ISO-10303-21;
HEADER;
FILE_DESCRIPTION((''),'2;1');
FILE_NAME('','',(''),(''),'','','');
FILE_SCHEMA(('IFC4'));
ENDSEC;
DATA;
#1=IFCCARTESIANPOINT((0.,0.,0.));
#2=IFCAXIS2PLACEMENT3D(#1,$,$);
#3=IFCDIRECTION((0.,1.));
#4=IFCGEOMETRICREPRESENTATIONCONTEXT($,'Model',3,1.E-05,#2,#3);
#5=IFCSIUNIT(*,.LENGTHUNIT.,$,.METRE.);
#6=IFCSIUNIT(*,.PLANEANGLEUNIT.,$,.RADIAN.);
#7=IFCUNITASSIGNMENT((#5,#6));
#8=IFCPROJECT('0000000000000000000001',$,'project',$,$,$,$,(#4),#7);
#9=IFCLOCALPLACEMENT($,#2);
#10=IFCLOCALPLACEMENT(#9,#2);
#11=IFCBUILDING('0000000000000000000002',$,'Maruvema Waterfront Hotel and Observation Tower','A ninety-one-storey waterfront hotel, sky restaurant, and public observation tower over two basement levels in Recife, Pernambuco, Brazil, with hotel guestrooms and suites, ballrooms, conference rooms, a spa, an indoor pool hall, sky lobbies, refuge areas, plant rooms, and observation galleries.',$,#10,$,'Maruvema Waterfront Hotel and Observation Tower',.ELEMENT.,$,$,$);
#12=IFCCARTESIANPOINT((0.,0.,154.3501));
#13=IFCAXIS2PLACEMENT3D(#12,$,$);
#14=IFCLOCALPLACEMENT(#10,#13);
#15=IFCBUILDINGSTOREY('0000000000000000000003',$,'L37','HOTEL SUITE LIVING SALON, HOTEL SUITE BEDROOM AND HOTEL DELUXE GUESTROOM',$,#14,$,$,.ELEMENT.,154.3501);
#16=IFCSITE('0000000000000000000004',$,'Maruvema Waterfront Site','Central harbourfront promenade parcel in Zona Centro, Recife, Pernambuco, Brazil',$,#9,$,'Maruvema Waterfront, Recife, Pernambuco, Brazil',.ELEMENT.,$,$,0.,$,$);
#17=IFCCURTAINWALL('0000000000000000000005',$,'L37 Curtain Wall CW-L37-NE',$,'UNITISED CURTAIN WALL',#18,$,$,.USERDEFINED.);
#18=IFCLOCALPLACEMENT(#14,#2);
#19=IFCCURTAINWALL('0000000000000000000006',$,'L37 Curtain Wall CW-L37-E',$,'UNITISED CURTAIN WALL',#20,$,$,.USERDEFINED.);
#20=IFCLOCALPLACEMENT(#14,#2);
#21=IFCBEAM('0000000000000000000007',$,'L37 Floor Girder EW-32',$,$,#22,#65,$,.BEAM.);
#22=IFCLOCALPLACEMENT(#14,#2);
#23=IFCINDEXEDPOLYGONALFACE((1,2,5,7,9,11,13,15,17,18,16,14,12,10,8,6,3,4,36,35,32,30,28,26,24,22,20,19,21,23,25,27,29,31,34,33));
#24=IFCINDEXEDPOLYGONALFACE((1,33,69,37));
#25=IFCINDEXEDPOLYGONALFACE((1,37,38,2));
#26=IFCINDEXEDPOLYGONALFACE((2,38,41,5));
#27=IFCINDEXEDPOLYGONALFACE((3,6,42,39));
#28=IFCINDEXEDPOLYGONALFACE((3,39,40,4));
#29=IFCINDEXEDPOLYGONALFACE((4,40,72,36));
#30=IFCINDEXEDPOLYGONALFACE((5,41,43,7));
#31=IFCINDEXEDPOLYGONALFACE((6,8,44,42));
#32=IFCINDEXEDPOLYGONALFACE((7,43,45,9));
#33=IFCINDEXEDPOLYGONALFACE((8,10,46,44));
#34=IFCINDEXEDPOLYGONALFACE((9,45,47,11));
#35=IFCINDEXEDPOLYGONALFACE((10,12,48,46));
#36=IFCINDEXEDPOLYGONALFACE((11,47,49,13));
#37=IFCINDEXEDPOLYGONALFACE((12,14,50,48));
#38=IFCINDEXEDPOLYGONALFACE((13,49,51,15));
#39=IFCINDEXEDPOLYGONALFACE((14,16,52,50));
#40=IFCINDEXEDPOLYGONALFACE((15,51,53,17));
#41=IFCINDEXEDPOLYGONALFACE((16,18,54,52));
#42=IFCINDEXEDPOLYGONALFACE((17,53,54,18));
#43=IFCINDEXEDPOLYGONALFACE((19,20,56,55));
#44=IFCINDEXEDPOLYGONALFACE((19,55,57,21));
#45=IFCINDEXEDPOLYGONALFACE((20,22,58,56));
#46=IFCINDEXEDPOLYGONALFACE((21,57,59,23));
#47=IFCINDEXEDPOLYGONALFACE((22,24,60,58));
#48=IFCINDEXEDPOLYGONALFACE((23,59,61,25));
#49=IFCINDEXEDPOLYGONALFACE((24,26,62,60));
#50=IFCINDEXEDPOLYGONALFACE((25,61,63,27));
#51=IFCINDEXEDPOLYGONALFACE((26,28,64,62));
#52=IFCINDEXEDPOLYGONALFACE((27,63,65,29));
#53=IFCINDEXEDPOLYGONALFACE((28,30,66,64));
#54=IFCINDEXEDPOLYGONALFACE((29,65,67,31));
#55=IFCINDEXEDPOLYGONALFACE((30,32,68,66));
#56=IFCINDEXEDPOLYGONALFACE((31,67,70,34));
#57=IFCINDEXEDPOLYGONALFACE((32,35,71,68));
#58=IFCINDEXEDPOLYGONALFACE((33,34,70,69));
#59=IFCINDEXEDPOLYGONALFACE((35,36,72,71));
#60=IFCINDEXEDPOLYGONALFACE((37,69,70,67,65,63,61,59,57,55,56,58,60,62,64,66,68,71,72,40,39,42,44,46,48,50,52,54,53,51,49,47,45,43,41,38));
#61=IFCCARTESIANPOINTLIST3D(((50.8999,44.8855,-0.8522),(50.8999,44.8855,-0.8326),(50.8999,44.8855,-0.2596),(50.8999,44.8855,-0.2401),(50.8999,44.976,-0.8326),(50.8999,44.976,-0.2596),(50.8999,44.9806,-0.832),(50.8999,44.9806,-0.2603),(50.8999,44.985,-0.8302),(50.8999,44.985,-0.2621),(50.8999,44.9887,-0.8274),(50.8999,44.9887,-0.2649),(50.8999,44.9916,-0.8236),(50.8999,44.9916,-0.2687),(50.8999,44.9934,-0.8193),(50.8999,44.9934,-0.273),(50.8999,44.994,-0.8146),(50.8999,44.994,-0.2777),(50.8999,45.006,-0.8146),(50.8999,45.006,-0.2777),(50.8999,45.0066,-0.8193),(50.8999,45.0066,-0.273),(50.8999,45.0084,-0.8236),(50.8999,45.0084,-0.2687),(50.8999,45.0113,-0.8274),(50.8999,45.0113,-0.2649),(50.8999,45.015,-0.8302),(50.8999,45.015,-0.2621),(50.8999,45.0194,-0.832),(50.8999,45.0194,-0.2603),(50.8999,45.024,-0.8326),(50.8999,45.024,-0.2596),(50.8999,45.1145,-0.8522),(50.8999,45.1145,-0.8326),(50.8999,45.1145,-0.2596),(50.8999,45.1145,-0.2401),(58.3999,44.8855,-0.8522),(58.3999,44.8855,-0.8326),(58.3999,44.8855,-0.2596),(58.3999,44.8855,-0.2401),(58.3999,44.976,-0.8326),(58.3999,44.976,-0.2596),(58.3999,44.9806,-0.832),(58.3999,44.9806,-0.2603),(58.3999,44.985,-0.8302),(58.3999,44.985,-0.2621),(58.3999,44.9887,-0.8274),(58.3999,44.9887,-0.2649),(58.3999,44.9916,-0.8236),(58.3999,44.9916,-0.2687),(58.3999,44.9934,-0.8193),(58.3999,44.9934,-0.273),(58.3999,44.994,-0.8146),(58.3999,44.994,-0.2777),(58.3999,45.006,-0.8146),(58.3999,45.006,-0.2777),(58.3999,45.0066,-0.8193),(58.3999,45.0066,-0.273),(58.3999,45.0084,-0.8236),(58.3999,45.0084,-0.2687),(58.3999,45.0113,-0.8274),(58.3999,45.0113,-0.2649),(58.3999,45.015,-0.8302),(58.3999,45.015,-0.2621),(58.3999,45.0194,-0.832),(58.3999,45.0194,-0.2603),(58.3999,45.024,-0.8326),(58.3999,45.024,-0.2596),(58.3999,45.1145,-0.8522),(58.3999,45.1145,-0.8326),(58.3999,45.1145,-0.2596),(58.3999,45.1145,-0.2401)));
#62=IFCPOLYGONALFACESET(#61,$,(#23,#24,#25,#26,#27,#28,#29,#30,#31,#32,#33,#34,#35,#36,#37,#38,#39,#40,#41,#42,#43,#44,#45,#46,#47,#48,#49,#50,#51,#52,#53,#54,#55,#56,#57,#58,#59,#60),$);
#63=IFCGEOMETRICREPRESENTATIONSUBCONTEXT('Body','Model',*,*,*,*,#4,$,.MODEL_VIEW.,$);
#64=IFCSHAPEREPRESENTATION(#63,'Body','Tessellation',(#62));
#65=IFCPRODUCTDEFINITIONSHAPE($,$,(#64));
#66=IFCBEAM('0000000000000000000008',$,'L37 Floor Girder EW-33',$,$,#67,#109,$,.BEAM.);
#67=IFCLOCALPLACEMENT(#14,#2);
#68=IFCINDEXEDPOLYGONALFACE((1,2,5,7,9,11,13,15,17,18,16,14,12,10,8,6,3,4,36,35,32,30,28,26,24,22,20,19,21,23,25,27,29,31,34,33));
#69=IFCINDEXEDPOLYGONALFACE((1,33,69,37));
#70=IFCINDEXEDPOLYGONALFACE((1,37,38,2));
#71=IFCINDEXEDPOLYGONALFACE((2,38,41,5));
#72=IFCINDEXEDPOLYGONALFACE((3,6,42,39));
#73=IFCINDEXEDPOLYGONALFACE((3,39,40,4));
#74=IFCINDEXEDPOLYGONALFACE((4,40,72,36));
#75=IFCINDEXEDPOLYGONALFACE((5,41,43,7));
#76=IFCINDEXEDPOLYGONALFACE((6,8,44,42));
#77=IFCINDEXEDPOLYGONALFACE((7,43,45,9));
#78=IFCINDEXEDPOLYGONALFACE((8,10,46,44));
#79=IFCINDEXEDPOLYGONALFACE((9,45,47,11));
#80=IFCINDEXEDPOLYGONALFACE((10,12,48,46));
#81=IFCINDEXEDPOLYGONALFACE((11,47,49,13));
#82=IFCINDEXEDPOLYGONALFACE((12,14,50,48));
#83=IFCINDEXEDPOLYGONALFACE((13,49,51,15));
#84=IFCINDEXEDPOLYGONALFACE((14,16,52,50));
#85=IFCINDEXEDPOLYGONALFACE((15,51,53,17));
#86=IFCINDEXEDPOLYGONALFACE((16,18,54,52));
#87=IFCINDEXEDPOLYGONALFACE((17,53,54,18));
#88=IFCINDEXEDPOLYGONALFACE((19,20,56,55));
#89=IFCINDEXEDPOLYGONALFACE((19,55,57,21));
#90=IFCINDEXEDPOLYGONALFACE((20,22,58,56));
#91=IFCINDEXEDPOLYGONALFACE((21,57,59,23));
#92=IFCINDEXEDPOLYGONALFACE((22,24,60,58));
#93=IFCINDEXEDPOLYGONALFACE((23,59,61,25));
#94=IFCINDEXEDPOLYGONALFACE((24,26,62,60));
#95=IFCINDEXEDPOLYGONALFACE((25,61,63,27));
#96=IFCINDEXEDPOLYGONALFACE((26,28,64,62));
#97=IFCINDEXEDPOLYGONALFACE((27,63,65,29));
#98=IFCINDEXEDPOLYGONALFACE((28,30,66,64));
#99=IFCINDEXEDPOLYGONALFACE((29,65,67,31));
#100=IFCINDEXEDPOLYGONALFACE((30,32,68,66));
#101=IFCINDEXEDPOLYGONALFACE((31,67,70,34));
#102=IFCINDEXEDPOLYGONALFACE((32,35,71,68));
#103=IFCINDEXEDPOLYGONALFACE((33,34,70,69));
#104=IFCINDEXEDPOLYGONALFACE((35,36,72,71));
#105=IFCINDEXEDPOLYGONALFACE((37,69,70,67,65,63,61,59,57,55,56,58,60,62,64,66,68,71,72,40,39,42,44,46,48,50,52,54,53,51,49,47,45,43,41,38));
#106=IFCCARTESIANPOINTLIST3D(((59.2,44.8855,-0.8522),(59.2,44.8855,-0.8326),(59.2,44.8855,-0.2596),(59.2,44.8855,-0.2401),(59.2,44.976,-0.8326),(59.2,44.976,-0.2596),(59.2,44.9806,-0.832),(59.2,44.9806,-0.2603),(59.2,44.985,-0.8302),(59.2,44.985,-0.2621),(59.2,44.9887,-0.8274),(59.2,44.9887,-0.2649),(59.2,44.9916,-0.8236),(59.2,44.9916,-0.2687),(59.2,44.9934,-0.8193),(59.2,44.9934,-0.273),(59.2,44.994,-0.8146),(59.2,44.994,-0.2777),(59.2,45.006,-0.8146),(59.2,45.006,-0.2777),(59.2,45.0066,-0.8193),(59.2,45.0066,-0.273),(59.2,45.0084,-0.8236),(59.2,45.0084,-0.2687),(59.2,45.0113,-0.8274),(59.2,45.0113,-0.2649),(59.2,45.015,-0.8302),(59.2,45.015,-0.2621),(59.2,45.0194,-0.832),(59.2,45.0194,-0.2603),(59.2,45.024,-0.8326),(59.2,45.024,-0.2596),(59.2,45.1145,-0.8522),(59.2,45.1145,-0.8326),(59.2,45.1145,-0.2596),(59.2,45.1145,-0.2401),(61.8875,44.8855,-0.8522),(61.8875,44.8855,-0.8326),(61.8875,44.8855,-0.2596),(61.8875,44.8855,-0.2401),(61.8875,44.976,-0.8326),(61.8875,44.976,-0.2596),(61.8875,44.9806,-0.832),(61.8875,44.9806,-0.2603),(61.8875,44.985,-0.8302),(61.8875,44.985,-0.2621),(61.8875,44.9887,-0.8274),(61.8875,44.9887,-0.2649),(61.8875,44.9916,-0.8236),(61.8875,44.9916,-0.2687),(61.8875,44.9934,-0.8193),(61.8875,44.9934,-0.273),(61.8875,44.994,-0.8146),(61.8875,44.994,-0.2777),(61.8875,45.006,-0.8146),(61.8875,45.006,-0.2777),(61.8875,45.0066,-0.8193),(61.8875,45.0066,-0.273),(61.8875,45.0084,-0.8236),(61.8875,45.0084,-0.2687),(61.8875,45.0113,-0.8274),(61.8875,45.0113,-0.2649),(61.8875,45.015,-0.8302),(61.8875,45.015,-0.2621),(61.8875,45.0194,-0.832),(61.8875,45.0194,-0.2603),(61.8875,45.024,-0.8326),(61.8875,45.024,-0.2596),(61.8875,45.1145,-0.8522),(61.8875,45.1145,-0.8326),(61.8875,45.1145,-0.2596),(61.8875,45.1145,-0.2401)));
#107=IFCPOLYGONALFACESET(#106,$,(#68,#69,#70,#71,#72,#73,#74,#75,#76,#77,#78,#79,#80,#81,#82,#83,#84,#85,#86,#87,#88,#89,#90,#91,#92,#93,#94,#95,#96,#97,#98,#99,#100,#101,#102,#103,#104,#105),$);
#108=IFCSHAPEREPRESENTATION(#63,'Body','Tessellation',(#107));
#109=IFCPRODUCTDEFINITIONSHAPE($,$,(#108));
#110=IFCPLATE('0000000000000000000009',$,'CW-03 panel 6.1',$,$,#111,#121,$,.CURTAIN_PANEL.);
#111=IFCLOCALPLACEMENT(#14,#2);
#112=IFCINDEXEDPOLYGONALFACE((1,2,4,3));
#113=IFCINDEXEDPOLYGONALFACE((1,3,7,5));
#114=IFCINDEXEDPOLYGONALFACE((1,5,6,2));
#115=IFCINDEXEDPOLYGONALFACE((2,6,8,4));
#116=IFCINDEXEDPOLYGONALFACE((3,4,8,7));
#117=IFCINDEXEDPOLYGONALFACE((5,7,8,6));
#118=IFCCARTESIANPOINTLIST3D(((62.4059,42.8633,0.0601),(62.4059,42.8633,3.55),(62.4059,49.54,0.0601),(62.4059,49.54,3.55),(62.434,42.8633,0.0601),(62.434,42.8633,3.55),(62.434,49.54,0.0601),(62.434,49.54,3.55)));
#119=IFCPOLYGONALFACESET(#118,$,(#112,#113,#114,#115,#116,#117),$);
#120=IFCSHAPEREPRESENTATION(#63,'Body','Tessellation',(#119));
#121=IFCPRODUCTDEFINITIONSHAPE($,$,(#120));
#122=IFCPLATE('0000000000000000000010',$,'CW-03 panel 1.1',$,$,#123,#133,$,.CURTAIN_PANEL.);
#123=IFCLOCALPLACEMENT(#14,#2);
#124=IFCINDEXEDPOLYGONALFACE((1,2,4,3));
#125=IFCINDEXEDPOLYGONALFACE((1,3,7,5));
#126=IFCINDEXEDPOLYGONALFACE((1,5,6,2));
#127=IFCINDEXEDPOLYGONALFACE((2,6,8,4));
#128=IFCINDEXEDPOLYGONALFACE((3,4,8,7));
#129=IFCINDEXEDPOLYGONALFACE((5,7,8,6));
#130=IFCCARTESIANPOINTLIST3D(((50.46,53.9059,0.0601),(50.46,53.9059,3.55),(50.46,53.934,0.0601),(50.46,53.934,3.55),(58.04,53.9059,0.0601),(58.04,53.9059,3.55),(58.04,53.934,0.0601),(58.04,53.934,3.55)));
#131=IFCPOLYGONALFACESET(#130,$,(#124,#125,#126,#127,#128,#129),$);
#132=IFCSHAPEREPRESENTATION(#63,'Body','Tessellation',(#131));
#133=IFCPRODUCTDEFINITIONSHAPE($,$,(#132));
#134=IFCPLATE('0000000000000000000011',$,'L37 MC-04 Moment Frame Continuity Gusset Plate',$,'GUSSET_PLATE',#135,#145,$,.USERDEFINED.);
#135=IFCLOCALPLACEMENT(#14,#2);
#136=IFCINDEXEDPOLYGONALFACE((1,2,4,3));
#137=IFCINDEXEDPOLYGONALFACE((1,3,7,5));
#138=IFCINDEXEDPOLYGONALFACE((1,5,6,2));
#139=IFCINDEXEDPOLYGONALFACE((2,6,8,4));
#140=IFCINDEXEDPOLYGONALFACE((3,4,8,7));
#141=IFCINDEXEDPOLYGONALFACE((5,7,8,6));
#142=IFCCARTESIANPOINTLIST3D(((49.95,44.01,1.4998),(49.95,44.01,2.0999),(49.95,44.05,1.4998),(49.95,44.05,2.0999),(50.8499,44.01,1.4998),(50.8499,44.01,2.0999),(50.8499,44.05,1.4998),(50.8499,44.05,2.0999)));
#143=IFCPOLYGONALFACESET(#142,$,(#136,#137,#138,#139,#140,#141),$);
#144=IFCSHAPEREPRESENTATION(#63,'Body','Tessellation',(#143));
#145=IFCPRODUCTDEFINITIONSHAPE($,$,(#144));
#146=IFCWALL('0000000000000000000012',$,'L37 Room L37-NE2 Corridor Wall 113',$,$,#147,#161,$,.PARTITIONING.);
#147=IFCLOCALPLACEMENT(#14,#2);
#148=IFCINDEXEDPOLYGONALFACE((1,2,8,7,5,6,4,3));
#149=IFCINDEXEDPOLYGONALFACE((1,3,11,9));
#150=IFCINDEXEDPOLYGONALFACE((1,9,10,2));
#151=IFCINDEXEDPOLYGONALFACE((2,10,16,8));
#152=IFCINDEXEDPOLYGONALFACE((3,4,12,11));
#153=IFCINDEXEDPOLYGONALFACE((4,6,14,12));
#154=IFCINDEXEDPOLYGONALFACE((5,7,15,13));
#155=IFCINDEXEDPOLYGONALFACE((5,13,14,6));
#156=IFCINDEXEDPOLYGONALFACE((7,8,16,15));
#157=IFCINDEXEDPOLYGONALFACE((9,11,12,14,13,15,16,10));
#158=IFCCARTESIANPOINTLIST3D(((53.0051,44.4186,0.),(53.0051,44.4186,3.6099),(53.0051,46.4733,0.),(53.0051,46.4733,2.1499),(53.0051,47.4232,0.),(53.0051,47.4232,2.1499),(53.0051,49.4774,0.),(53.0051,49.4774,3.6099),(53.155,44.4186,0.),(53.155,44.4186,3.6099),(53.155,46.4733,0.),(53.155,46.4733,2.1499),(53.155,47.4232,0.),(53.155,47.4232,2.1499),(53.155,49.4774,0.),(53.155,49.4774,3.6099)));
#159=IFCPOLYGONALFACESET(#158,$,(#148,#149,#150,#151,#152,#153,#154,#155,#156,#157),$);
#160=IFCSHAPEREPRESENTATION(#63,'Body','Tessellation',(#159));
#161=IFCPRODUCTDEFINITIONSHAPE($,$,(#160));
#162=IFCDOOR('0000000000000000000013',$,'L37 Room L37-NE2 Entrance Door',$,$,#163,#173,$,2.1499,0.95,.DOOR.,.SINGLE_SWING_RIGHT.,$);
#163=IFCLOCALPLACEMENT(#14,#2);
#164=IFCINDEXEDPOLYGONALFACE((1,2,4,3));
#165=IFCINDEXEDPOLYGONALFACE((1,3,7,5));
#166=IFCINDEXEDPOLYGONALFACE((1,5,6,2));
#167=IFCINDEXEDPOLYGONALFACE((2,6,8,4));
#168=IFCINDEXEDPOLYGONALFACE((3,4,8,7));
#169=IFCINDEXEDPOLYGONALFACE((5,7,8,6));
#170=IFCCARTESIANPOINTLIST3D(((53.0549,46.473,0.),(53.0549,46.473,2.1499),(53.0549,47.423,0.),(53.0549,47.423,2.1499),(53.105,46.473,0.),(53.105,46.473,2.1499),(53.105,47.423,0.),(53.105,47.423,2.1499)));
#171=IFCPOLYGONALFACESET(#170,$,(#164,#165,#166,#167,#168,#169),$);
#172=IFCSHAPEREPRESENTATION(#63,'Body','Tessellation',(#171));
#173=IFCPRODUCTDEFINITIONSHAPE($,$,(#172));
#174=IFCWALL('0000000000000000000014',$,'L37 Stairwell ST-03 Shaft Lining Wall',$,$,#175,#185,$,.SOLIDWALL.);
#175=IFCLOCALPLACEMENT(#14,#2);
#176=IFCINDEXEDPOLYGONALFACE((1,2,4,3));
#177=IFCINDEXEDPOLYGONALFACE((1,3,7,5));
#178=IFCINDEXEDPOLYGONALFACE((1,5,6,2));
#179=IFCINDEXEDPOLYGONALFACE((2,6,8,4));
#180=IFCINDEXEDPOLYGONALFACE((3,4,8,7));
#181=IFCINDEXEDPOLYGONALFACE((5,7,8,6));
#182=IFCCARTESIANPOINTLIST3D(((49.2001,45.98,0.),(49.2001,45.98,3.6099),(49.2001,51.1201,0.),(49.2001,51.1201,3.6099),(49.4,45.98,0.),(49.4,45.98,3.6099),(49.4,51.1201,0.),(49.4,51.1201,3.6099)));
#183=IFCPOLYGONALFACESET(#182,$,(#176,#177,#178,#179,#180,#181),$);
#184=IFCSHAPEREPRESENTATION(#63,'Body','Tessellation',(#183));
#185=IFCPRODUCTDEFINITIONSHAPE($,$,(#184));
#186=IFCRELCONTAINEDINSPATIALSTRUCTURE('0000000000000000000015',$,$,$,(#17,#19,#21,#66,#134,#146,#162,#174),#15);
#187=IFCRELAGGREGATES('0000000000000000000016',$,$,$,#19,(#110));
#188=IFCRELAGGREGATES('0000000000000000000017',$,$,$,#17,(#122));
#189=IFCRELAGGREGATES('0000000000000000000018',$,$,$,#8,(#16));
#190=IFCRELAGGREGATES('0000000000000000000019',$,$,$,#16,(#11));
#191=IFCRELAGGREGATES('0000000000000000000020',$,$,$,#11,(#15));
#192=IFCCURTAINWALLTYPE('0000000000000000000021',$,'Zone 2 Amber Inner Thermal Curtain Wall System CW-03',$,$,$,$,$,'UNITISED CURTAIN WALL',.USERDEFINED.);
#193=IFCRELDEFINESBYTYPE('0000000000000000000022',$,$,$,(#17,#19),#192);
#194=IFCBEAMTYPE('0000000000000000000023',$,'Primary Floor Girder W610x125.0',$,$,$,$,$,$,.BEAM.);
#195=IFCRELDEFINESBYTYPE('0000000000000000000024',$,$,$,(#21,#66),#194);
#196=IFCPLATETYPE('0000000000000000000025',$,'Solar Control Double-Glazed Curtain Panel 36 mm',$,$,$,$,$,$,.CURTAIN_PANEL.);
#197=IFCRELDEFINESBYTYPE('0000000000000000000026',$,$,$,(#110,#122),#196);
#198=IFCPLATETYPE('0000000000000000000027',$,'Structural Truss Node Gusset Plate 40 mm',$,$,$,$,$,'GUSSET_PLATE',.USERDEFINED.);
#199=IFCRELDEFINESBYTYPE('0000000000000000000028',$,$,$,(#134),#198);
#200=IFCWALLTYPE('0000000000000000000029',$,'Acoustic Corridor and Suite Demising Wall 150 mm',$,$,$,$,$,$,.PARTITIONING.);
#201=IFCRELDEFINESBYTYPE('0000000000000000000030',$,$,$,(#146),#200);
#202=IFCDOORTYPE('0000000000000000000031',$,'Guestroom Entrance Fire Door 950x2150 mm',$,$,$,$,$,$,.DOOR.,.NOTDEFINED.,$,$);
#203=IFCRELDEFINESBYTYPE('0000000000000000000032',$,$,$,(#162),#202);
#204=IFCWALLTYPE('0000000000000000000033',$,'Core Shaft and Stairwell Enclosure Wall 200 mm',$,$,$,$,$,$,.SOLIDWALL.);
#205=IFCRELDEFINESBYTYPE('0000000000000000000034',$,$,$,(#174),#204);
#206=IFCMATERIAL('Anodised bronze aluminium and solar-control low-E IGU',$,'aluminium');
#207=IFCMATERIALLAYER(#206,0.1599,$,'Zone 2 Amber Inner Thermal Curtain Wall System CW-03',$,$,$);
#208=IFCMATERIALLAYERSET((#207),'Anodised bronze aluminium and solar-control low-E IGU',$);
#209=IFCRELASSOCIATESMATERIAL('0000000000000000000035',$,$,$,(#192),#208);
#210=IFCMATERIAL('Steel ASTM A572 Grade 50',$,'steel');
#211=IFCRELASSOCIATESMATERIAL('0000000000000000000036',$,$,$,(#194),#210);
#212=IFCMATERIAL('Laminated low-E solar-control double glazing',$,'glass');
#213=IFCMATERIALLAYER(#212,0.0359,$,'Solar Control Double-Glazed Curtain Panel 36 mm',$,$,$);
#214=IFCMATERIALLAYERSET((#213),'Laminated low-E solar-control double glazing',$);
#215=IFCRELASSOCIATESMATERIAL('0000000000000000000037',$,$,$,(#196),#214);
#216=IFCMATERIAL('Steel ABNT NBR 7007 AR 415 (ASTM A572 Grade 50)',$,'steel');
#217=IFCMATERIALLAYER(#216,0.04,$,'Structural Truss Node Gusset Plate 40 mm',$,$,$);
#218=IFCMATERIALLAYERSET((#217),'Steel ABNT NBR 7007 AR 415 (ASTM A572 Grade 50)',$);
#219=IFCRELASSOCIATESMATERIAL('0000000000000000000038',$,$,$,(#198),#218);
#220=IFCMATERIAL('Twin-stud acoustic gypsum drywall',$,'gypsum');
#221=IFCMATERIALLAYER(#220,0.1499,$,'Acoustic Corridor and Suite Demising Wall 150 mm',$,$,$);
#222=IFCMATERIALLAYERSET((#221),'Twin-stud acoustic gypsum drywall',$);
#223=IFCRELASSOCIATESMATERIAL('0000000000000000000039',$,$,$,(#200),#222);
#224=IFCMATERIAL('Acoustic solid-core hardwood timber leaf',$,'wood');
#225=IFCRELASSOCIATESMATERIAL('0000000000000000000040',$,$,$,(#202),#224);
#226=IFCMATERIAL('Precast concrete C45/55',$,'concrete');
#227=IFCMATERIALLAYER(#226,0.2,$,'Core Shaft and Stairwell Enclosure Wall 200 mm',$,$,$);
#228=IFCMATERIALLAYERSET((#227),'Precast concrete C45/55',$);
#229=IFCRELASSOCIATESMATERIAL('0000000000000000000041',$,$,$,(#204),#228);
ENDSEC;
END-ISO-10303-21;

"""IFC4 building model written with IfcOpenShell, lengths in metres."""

from ifc_helpers import new_model, si_unit, direction, frame, frame_2d, origin, origin_2d, place, context, subcontext, project, spatial, rectangle, i_section, extrude, material, layer, layer_set, material_profile, profile_set, type_object, element, fill, aggregate, save


model = new_model("IFC4")

# Units and contexts
model_context = context("Model", 3, precision=1e-05, world=origin(), true_north=direction((0.0, 1.0)))
body_context = subcontext(model_context, "Body", "Model", "MODEL_VIEW")
ifc_project = project(units=[si_unit("LENGTHUNIT", "METRE"), si_unit("PLANEANGLEUNIT", "RADIAN")], contexts=[model_context])

# Site, building, storey
site_placement = place(None, origin())
site = spatial("IfcSite", under=ifc_project, at=site_placement, Name="Maruvema Waterfront Site", Description="Central harbourfront promenade parcel in Zona Centro, Recife, Pernambuco, Brazil", LongName="Maruvema Waterfront, Recife, Pernambuco, Brazil", CompositionType="ELEMENT", RefElevation=0.0)
building_placement = place(site_placement, origin())
building = spatial("IfcBuilding", under=site, at=building_placement, Name="Maruvema Waterfront Hotel and Observation Tower", Description="A ninety-one-storey waterfront hotel, sky restaurant, and public observation tower over two basement levels in Recife, Pernambuco, Brazil, with hotel guestrooms and suites, ballrooms, conference rooms, a spa, an indoor pool hall, sky lobbies, refuge areas, plant rooms, and observation galleries.", LongName="Maruvema Waterfront Hotel and Observation Tower", CompositionType="ELEMENT")
storey_placement = place(building_placement, frame((0.0, 0.0, 154.3501)))
storey = spatial("IfcBuildingStorey", under=building, at=storey_placement, Name="L37", Description="HOTEL SUITE LIVING SALON, HOTEL SUITE BEDROOM AND HOTEL DELUXE GUESTROOM", CompositionType="ELEMENT", Elevation=154.3501)

# Curtain wall
ifc_material_1 = material(Name="Anodised bronze aluminium and solar-control low-E IGU", Category="aluminium")
ifc_layer_1 = layer(ifc_material_1, 0.1599, Name="Zone 2 Amber Inner Thermal Curtain Wall System CW-03")
ifc_layer_set_1 = layer_set([ifc_layer_1], Name="Anodised bronze aluminium and solar-control low-E IGU")
curtain_wall_type = type_object("IfcCurtainWallType", Name="Zone 2 Amber Inner Thermal Curtain Wall System CW-03", ElementType="UNITISED CURTAIN WALL", PredefinedType="USERDEFINED", material=ifc_layer_set_1)
curtain_wall_1_placement = place(storey_placement, origin())
curtain_wall_1 = element("IfcCurtainWall", 1, at=curtain_wall_1_placement, inside=storey, type_object=curtain_wall_type, Name="L37 Curtain Wall CW-L37-NE", ObjectType="UNITISED CURTAIN WALL", PredefinedType="USERDEFINED")

# Curtain wall
curtain_wall_2_placement = place(storey_placement, origin())
curtain_wall_2 = element("IfcCurtainWall", 2, at=curtain_wall_2_placement, inside=storey, type_object=curtain_wall_type, Name="L37 Curtain Wall CW-L37-E", ObjectType="UNITISED CURTAIN WALL", PredefinedType="USERDEFINED")

# Beams
ifc_material_2 = material(Name="Steel ASTM A572 Grade 50", Category="steel")
ifc_material_profile_1 = material_profile(ifc_material_2, i_section(OverallWidth=0.229, OverallDepth=0.6121, WebThickness=0.012, FlangeThickness=0.0195, FilletRadius=0.0181, at=origin_2d()), Name="W610x125.0")
ifc_profile_set_1 = profile_set([ifc_material_profile_1], Name="Steel ASTM A572 Grade 50")
beam_type = type_object("IfcBeamType", Name="Primary Floor Girder W610x125.0", PredefinedType="BEAM", material=ifc_profile_set_1)
beam_1_placement = place(storey_placement, frame((50.8999, 45.0, -0.5461), z_axis=(1.0, 0.0, 0.0), x_axis=(0.0, 1.0, 0.0)))
element("IfcBeam", 3, at=beam_1_placement, inside=storey, type_object=beam_type, Name="L37 Floor Girder EW-32", PredefinedType="BEAM", context=body_context, shape_type="SweptSolid", body=[
    extrude(i_section(OverallWidth=0.229, OverallDepth=0.6121, WebThickness=0.012, FlangeThickness=0.0195, FilletRadius=0.0181, at=origin_2d()), origin(), (0.0, 0.0, 1.0), 7.5),
])
beam_2_placement = place(storey_placement, frame((59.2, 45.0, -0.5461), z_axis=(1.0, 0.0, 0.0), x_axis=(0.0, 1.0, 0.0)))
element("IfcBeam", 4, at=beam_2_placement, inside=storey, type_object=beam_type, Name="L37 Floor Girder EW-33", PredefinedType="BEAM", context=body_context, shape_type="SweptSolid", body=[
    extrude(i_section(OverallWidth=0.229, OverallDepth=0.6121, WebThickness=0.012, FlangeThickness=0.0195, FilletRadius=0.0181, at=origin_2d()), origin(), (0.0, 0.0, 1.0), 2.6875),
])

# Plates
ifc_material_3 = material(Name="Laminated low-E solar-control double glazing", Category="glass")
ifc_layer_2 = layer(ifc_material_3, 0.0359, Name="Solar Control Double-Glazed Curtain Panel 36 mm")
ifc_layer_set_2 = layer_set([ifc_layer_2], Name="Laminated low-E solar-control double glazing")
plate_type_1 = type_object("IfcPlateType", Name="Solar Control Double-Glazed Curtain Panel 36 mm", PredefinedType="CURTAIN_PANEL", material=ifc_layer_set_2)
plate_1_placement = place(storey_placement, frame((62.4199, 46.2017, 0.0601), z_axis=(0.0, 0.0, 1.0), x_axis=(0.0, 1.0, 0.0)))
plate_1 = element("IfcPlate", 5, at=plate_1_placement, type_object=plate_type_1, Name="CW-03 panel 6.1", PredefinedType="CURTAIN_PANEL", context=body_context, shape_type="SweptSolid", body=[
    extrude(rectangle(XDim=6.6768, YDim=0.0281, at=origin_2d()), origin(), (0.0, 0.0, 1.0), 3.49),
])
aggregate(curtain_wall_2, [plate_1])
plate_2_placement = place(storey_placement, frame((54.25, 53.9199, 0.0601), z_axis=(0.0, 0.0, 1.0), x_axis=(-1.0, 0.0, 0.0)))
plate_2 = element("IfcPlate", 6, at=plate_2_placement, type_object=plate_type_1, Name="CW-03 panel 1.1", PredefinedType="CURTAIN_PANEL", context=body_context, shape_type="SweptSolid", body=[
    extrude(rectangle(XDim=7.5801, YDim=0.0281, at=origin_2d()), origin(), (0.0, 0.0, 1.0), 3.49),
])
aggregate(curtain_wall_1, [plate_2])
ifc_material_4 = material(Name="Steel ABNT NBR 7007 AR 415 (ASTM A572 Grade 50)", Category="steel")
ifc_layer_3 = layer(ifc_material_4, 0.04, Name="Structural Truss Node Gusset Plate 40 mm")
ifc_layer_set_3 = layer_set([ifc_layer_3], Name="Steel ABNT NBR 7007 AR 415 (ASTM A572 Grade 50)")
plate_type_2 = type_object("IfcPlateType", Name="Structural Truss Node Gusset Plate 40 mm", ElementType="GUSSET_PLATE", PredefinedType="USERDEFINED", material=ifc_layer_set_3)
plate_3_placement = place(storey_placement, frame((50.3999, 44.03, 1.4998), z_axis=(0.0, 0.0, 1.0), x_axis=(1.0, 0.0, 0.0)))
element("IfcPlate", 7, at=plate_3_placement, inside=storey, type_object=plate_type_2, Name="L37 MC-04 Moment Frame Continuity Gusset Plate", ObjectType="GUSSET_PLATE", PredefinedType="USERDEFINED", context=body_context, shape_type="SweptSolid", body=[
    extrude(rectangle(XDim=0.8999, YDim=0.04, at=origin_2d()), origin(), (0.0, 0.0, 1.0), 0.6001),
])

# Wall, opening, door
ifc_material_5 = material(Name="Twin-stud acoustic gypsum drywall", Category="gypsum")
ifc_layer_4 = layer(ifc_material_5, 0.1499, Name="Acoustic Corridor and Suite Demising Wall 150 mm")
ifc_layer_set_4 = layer_set([ifc_layer_4], Name="Twin-stud acoustic gypsum drywall")
wall_type_1 = type_object("IfcWallType", Name="Acoustic Corridor and Suite Demising Wall 150 mm", PredefinedType="PARTITIONING", material=ifc_layer_set_4)
wall_1_placement = place(storey_placement, frame((53.0801, 44.4187, 0.0), z_axis=(0.0, 0.0, 1.0), x_axis=(0.0, 1.0, 0.0)))
wall_1 = element("IfcWall", 8, at=wall_1_placement, inside=storey, type_object=wall_type_1, Name="L37 Room L37-NE2 Corridor Wall 113", PredefinedType="PARTITIONING", context=body_context, shape_type="SweptSolid", body=[
    extrude(rectangle(XDim=5.0588, YDim=0.1499, at=frame_2d((2.5293, 0.0))), origin(), (0.0, 0.0, 1.0), 3.6099),
])
opening_1_placement = place(wall_1_placement, frame((2.0544, 0.0, 0.0)))
opening_1 = element("IfcOpeningElement", 9, at=opening_1_placement, cuts=wall_1, PredefinedType="OPENING", context=body_context, shape_type="SweptSolid", body=[
    extrude(rectangle(XDim=0.95, YDim=2.1499, at=frame_2d((0.4751, 1.075))), frame((0.0, 0.085, 0.0), z_axis=(0.0, -1.0, 0.0), x_axis=(1.0, 0.0, 0.0)), (0.0, 0.0, 1.0), 0.1699),
])
ifc_material_6 = material(Name="Acoustic solid-core hardwood timber leaf", Category="wood")
door_type_1 = type_object("IfcDoorType", Name="Guestroom Entrance Fire Door 950x2150 mm", OperationType="NOTDEFINED", PredefinedType="DOOR", material=ifc_material_6)
door_1_placement = place(opening_1_placement, frame((0.95, 0.0, 0.0), z_axis=(0.0, 0.0, 1.0), x_axis=(-1.0, 0.0, 0.0)))
door_1 = element("IfcDoor", 10, at=door_1_placement, inside=storey, type_object=door_type_1, Name="L37 Room L37-NE2 Entrance Door", OperationType="SINGLE_SWING_RIGHT", OverallHeight=2.1499, OverallWidth=0.95, PredefinedType="DOOR", context=body_context, shape_type="SweptSolid", body=[
    extrude(rectangle(XDim=0.95, YDim=2.1499, at=frame_2d((0.4751, 1.075))), frame((0.0, 0.0249, 0.0), z_axis=(0.0, -1.0, 0.0), x_axis=(1.0, 0.0, 0.0)), (0.0, 0.0, 1.0), 0.05),
])
fill(opening_1, door_1)

# Wall
ifc_material_7 = material(Name="Precast concrete C45/55", Category="concrete")
ifc_layer_5 = layer(ifc_material_7, 0.2, Name="Core Shaft and Stairwell Enclosure Wall 200 mm")
ifc_layer_set_5 = layer_set([ifc_layer_5], Name="Precast concrete C45/55")
wall_type_2 = type_object("IfcWallType", Name="Core Shaft and Stairwell Enclosure Wall 200 mm", PredefinedType="SOLIDWALL", material=ifc_layer_set_5)
wall_2_placement = place(storey_placement, frame((49.3, 45.98, 0.0), z_axis=(0.0, 0.0, 1.0), x_axis=(0.0, 1.0, 0.0)))
element("IfcWall", 11, at=wall_2_placement, inside=storey, type_object=wall_type_2, Name="L37 Stairwell ST-03 Shaft Lining Wall", PredefinedType="SOLIDWALL", context=body_context, shape_type="SweptSolid", body=[
    extrude(rectangle(XDim=5.1401, YDim=0.2, at=frame_2d((2.5701, 0.0))), origin(), (0.0, 0.0, 1.0), 3.6099),
])

save(model, "model.ifc")
